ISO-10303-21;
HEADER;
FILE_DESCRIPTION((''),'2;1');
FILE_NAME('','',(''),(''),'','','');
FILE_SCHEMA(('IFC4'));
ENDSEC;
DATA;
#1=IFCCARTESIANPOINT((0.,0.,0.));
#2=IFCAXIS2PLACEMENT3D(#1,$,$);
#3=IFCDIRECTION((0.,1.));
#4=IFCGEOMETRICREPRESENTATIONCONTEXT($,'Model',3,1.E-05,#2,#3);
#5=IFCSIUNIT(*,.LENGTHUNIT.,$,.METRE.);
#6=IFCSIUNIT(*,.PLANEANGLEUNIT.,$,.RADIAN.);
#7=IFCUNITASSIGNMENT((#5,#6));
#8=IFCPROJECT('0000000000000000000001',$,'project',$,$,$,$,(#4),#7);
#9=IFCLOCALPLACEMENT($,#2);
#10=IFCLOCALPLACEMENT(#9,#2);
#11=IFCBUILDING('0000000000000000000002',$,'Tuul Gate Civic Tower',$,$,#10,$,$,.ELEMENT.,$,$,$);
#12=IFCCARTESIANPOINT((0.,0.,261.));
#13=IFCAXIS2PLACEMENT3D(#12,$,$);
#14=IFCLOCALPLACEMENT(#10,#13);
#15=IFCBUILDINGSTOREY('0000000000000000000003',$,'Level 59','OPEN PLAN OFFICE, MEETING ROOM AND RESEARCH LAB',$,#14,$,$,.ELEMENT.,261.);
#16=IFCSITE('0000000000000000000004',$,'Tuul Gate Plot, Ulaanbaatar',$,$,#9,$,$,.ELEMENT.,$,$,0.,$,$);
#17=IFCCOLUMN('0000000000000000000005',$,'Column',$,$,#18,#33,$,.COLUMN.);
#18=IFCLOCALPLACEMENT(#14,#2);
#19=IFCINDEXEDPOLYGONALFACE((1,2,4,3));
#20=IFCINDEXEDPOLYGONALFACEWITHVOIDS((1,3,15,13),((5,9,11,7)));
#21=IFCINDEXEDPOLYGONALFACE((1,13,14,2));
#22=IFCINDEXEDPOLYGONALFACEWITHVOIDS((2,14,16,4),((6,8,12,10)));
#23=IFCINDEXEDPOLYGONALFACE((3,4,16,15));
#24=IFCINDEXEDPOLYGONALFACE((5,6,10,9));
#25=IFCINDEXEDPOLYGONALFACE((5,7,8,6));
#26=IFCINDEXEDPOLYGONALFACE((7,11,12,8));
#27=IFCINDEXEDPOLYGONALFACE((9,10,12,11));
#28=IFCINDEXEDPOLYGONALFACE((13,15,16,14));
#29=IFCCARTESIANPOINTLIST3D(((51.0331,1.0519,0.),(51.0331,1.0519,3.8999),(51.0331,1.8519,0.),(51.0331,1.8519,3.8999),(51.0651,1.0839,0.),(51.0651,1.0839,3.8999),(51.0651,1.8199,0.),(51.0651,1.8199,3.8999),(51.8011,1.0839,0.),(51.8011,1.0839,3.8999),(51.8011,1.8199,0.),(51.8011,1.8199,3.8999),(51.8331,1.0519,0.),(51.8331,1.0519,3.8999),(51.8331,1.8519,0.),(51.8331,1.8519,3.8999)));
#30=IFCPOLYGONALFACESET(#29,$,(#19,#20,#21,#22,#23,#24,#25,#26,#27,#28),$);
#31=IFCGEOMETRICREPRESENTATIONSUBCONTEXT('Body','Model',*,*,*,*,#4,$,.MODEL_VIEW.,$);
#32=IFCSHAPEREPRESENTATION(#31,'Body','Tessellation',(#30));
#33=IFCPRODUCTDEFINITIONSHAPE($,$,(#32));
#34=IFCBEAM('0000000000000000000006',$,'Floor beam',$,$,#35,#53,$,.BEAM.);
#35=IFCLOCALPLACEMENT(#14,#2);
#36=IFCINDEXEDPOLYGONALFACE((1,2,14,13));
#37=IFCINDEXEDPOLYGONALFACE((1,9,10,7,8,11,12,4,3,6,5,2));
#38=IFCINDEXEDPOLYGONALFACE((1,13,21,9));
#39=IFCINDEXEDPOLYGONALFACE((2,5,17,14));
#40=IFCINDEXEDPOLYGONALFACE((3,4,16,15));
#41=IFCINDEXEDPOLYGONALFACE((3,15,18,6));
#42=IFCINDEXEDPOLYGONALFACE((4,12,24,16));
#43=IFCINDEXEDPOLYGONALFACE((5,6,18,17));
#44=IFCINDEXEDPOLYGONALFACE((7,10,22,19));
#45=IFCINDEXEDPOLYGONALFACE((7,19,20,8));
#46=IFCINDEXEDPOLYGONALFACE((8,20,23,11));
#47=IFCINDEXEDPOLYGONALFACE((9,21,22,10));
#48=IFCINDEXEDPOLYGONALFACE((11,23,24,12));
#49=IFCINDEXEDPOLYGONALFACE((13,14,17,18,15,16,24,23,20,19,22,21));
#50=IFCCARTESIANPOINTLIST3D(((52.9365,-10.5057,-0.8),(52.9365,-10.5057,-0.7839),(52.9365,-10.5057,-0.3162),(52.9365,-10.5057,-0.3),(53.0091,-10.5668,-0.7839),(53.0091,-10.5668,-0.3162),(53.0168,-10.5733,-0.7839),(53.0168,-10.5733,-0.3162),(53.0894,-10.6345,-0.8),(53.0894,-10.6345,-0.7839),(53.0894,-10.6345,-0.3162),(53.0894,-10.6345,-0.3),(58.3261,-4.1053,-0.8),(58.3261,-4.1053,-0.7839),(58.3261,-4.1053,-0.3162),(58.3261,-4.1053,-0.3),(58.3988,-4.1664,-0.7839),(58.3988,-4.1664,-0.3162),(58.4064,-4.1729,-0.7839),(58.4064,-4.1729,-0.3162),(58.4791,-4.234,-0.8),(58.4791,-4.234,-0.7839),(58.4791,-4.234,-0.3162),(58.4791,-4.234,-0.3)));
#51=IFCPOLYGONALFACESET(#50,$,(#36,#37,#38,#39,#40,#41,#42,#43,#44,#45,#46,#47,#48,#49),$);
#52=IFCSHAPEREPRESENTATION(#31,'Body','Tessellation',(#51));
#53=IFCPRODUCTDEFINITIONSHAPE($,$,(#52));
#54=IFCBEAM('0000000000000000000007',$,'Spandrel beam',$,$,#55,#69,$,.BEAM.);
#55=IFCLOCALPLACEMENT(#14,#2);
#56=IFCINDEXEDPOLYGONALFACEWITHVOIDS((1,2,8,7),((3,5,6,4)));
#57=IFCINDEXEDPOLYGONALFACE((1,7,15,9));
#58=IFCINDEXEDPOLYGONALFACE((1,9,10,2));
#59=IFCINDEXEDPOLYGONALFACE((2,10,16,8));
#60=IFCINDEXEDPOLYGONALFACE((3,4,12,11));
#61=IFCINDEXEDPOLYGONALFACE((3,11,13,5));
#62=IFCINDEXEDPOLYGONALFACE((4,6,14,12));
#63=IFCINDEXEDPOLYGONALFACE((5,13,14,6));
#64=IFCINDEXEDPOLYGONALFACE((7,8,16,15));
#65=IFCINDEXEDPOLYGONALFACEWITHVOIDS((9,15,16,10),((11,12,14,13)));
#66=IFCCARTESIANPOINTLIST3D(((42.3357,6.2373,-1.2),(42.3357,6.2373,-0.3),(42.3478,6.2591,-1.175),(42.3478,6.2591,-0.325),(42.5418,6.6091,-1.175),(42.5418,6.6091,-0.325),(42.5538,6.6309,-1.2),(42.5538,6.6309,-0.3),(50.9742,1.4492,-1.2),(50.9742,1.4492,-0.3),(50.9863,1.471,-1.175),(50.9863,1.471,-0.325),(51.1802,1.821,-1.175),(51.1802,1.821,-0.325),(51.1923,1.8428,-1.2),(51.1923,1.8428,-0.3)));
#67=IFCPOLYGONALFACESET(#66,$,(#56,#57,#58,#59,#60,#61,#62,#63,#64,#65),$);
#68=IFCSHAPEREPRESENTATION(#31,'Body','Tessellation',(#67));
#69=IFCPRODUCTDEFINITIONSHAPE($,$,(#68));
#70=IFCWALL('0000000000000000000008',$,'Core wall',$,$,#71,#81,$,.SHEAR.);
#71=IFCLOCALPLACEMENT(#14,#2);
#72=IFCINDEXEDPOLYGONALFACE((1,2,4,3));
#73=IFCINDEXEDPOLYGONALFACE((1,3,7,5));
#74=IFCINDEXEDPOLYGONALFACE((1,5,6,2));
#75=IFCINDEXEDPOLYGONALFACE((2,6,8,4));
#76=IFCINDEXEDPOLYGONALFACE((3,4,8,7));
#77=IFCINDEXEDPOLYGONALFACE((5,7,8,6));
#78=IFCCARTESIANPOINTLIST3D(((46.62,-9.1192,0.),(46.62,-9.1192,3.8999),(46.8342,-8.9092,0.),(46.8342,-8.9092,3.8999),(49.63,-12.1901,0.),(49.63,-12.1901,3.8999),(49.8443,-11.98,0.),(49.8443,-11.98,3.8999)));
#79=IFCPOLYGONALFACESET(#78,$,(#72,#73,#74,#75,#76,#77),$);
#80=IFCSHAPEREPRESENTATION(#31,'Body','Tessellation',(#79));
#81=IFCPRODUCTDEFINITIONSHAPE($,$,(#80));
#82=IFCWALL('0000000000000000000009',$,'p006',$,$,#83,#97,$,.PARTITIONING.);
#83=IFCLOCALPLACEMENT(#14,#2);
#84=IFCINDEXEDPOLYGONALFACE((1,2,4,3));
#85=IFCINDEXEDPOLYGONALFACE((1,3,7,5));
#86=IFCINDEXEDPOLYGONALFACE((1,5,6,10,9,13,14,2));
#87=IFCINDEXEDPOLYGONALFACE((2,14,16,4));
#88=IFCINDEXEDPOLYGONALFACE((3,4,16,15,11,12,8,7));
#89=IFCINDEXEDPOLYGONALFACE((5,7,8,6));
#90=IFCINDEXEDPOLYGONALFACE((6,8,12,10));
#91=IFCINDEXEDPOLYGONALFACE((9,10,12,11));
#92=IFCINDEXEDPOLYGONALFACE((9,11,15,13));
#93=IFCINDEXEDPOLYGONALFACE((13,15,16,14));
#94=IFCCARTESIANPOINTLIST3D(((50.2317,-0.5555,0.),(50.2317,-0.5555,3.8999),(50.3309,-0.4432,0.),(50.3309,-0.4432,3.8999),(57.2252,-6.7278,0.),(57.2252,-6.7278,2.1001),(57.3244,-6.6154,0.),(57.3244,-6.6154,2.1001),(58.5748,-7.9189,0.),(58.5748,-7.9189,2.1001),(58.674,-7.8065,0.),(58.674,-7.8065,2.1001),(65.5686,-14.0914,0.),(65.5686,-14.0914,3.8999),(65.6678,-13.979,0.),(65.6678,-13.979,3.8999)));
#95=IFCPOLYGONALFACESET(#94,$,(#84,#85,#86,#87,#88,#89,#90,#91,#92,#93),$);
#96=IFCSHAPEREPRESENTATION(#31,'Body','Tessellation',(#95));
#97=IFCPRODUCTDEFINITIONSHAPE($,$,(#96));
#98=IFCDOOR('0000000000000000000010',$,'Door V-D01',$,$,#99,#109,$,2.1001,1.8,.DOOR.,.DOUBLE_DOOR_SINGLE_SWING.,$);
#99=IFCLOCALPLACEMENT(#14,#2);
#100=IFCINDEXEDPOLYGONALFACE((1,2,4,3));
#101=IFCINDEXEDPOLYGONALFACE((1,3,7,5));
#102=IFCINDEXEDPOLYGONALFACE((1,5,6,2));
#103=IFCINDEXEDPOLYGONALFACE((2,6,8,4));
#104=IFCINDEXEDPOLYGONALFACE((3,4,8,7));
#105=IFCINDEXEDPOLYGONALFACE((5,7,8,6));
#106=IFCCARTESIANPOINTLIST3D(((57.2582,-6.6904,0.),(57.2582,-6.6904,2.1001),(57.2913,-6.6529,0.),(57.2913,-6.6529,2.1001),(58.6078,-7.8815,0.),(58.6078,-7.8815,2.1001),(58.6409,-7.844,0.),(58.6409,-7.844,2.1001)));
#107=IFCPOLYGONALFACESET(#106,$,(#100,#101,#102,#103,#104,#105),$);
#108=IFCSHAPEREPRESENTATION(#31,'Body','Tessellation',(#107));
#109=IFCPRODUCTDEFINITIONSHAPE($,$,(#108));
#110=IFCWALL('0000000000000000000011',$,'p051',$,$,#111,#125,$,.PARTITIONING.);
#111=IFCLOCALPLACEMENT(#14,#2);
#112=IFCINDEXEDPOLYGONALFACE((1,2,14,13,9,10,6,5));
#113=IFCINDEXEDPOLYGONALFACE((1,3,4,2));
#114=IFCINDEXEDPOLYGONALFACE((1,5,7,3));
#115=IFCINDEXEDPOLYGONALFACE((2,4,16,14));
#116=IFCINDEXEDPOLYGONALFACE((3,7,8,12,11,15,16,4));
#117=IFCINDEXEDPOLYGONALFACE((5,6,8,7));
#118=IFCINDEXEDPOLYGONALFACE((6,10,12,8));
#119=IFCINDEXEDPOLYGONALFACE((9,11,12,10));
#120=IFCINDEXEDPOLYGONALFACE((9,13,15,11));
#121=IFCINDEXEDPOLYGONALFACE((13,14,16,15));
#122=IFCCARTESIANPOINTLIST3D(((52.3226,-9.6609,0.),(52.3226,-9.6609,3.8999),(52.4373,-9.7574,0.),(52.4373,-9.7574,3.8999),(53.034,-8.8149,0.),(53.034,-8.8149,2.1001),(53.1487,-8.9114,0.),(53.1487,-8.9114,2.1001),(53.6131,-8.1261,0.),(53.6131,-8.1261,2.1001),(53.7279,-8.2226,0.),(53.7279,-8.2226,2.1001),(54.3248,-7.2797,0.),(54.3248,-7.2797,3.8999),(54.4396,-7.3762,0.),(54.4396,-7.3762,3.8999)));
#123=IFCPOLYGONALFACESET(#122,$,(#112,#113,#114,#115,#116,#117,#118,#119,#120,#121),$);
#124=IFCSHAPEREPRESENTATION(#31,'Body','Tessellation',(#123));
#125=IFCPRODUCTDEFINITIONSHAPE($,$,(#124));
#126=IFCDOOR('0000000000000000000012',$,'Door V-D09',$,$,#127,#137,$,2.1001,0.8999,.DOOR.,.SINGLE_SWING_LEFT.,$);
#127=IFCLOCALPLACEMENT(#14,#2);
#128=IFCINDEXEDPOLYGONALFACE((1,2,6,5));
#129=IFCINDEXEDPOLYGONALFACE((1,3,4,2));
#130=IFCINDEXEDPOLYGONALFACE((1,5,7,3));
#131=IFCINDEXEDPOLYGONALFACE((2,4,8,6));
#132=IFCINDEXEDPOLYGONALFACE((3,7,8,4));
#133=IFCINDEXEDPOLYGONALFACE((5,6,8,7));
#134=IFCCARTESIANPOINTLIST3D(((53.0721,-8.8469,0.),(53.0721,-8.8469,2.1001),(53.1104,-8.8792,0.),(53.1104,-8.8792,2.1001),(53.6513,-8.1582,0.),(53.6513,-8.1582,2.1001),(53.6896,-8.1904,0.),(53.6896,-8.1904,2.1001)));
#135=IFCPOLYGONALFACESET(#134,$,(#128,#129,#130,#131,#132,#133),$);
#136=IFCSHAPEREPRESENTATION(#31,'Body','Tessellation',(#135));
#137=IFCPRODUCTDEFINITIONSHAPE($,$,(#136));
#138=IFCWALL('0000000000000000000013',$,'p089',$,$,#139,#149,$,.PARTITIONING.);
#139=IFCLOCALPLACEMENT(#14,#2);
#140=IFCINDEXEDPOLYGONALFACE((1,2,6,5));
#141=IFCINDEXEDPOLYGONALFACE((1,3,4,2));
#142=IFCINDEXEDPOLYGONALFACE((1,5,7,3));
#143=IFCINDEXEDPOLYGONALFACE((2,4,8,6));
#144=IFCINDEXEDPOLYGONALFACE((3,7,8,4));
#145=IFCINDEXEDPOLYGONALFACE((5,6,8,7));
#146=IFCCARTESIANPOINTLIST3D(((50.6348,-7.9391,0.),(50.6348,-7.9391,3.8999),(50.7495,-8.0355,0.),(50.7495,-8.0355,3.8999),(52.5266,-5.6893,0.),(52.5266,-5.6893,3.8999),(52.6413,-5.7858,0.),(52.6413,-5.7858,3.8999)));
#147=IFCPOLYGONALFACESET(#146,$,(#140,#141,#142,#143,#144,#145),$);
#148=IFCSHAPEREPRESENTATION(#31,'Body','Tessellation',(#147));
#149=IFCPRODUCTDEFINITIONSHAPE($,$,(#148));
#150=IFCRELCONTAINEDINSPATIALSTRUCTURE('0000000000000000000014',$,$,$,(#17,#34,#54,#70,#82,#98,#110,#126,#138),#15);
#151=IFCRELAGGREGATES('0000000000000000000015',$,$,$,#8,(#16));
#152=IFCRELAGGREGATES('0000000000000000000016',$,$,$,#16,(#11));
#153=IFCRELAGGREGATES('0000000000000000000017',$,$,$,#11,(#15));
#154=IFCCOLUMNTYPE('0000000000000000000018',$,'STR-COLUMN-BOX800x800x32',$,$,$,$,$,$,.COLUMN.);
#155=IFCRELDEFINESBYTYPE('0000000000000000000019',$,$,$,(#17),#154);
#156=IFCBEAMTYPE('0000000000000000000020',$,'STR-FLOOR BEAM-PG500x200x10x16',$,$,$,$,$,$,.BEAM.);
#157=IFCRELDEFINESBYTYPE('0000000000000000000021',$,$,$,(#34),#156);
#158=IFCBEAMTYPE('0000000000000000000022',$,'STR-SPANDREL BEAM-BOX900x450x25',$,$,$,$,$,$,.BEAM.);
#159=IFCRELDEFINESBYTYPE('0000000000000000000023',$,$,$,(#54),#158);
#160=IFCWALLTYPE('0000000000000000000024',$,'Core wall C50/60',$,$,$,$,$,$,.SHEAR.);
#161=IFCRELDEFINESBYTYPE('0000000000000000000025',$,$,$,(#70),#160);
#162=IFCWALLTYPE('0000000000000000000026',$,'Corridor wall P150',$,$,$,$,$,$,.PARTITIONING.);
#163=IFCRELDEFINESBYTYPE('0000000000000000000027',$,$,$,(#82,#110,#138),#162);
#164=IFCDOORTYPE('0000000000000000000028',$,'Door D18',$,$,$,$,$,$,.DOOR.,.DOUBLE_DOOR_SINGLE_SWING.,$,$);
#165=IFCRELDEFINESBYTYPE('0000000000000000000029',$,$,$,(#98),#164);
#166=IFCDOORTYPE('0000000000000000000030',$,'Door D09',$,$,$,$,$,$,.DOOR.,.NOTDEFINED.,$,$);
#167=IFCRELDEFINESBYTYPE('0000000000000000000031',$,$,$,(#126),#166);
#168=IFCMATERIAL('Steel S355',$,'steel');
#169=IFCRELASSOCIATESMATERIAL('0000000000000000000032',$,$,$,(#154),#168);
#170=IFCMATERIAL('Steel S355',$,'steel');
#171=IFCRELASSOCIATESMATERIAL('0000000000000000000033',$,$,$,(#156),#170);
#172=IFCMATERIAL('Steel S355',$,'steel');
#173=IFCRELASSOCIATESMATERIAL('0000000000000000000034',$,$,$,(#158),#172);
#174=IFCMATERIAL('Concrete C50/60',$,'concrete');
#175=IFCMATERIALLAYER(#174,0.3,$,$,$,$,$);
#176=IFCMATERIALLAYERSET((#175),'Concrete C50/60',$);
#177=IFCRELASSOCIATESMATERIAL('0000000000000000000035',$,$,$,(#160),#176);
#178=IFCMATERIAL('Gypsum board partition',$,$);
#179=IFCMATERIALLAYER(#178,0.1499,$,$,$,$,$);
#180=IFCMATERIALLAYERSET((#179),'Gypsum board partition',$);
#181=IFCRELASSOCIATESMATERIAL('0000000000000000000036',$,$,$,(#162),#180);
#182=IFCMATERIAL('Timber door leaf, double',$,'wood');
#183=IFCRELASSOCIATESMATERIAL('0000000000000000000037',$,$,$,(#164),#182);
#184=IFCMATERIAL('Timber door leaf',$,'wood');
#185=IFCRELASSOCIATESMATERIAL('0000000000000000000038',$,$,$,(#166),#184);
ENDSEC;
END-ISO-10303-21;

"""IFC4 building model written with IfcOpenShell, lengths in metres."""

from ifc_helpers import new_model, si_unit, direction, frame, frame_2d, origin, origin_2d, place, context, subcontext, project, spatial, rectangle, hollow_rectangle, i_section, extrude, material, layer, layer_set, material_profile, profile_set, type_object, element, fill, save


model = new_model("IFC4")

# Units and contexts
model_context = context("Model", 3, precision=1e-05, world=origin(), true_north=direction((0.0, 1.0)))
body_context = subcontext(model_context, "Body", "Model", "MODEL_VIEW")
ifc_project = project(units=[si_unit("LENGTHUNIT", "METRE"), si_unit("PLANEANGLEUNIT", "RADIAN")], contexts=[model_context])

# Site, building, storey
site_placement = place(None, origin())
site = spatial("IfcSite", under=ifc_project, at=site_placement, Name="Tuul Gate Plot, Ulaanbaatar", CompositionType="ELEMENT", RefElevation=0.0)
building_placement = place(site_placement, origin())
building = spatial("IfcBuilding", under=site, at=building_placement, Name="Tuul Gate Civic Tower", CompositionType="ELEMENT")
storey_placement = place(building_placement, frame((0.0, 0.0, 261.0)))
storey = spatial("IfcBuildingStorey", under=building, at=storey_placement, Name="Level 59", Description="OPEN PLAN OFFICE, MEETING ROOM AND RESEARCH LAB", CompositionType="ELEMENT", Elevation=261.0)

# Column
ifc_material_1 = material(Name="Steel S355", Category="steel")
ifc_material_profile_1 = material_profile(ifc_material_1, hollow_rectangle(XDim=0.8, YDim=0.8, WallThickness=0.032, at=origin_2d()), Name="BOX800x800x32")
ifc_profile_set_1 = profile_set([ifc_material_profile_1], Name="Steel S355")
column_type = type_object("IfcColumnType", Name="STR-COLUMN-BOX800x800x32", PredefinedType="COLUMN", material=ifc_profile_set_1)
column_placement = place(storey_placement, frame((51.4331, 1.4519, 0.0), z_axis=(0.0, 0.0, 1.0), x_axis=(1.0, 0.0, 0.0)))
element("IfcColumn", 1, at=column_placement, inside=storey, type_object=column_type, Name="Column", PredefinedType="COLUMN", context=body_context, shape_type="SweptSolid", body=[
    extrude(hollow_rectangle(XDim=0.8, YDim=0.8, WallThickness=0.032, at=origin_2d()), origin(), (0.0, 0.0, 1.0), 3.8999),
])

# Beams
ifc_material_2 = material(Name="Steel S355", Category="steel")
ifc_material_profile_2 = material_profile(ifc_material_2, i_section(OverallWidth=0.2, OverallDepth=0.5, WebThickness=0.01, FlangeThickness=0.0161, at=origin_2d()), Name="PG500x200x10x16")
ifc_profile_set_2 = profile_set([ifc_material_profile_2], Name="Steel S355")
beam_type_1 = type_object("IfcBeamType", Name="STR-FLOOR BEAM-PG500x200x10x16", PredefinedType="BEAM", material=ifc_profile_set_2)
beam_1_placement = place(storey_placement, frame((53.0129, -10.5701, -0.55), z_axis=(0.644125, 0.76492, 0.0), x_axis=(-0.76492, 0.644125, 0.0)))
element("IfcBeam", 2, at=beam_1_placement, inside=storey, type_object=beam_type_1, Name="Floor beam", PredefinedType="BEAM", context=body_context, shape_type="SweptSolid", body=[
    extrude(i_section(OverallWidth=0.2, OverallDepth=0.5, WebThickness=0.01, FlangeThickness=0.0161, at=origin_2d()), origin(), (0.0, 0.0, 1.0), 8.3674),
])
ifc_material_3 = material(Name="Steel S355", Category="steel")
ifc_material_profile_3 = material_profile(ifc_material_3, hollow_rectangle(XDim=0.45, YDim=0.8999, WallThickness=0.0249, at=origin_2d()), Name="BOX900x450x25")
ifc_profile_set_3 = profile_set([ifc_material_profile_3], Name="Steel S355")
beam_type_2 = type_object("IfcBeamType", Name="STR-SPANDREL BEAM-BOX900x450x25", PredefinedType="BEAM", material=ifc_profile_set_3)
beam_2_placement = place(storey_placement, frame((51.0833, 1.646, -0.75), z_axis=(-0.874631, 0.484788, 0.0), x_axis=(-0.484788, -0.874631, 0.0)))
element("IfcBeam", 3, at=beam_2_placement, inside=storey, type_object=beam_type_2, Name="Spandrel beam", PredefinedType="BEAM", context=body_context, shape_type="SweptSolid", body=[
    extrude(hollow_rectangle(XDim=0.45, YDim=0.8999, WallThickness=0.0249, at=origin_2d()), origin(), (0.0, 0.0, 1.0), 9.8767),
])

# Wall
ifc_material_4 = material(Name="Concrete C50/60", Category="concrete")
ifc_layer_1 = layer(ifc_material_4, 0.3)
ifc_layer_set_1 = layer_set([ifc_layer_1], Name="Concrete C50/60")
wall_type_1 = type_object("IfcWallType", Name="Core wall C50/60", PredefinedType="SHEAR", material=ifc_layer_set_1)
wall_1_placement = place(storey_placement, frame((49.7371, -12.085, 0.0), z_axis=(0.0, 0.0, 1.0), x_axis=(-0.700003, 0.71414, 0.0)))
element("IfcWall", 4, at=wall_1_placement, inside=storey, type_object=wall_type_1, Name="Core wall", PredefinedType="SHEAR", context=body_context, shape_type="SweptSolid", body=[
    extrude(rectangle(XDim=4.3, YDim=0.3, at=frame_2d((2.1499, 0.0))), origin(), (0.0, 0.0, 1.0), 3.8999),
])

# Walls, openings, doors
ifc_material_5 = material(Name="Gypsum board partition")
ifc_layer_2 = layer(ifc_material_5, 0.1499)
ifc_layer_set_2 = layer_set([ifc_layer_2], Name="Gypsum board partition")
wall_type_2 = type_object("IfcWallType", Name="Corridor wall P150", PredefinedType="PARTITIONING", material=ifc_layer_set_2)
wall_2_placement = place(storey_placement, frame((50.2812, -0.4993, 0.0), z_axis=(0.0, 0.0, 1.0), x_axis=(0.749757, -0.661713, 0.0)))
wall_2 = element("IfcWall", 5, at=wall_2_placement, inside=storey, type_object=wall_type_2, Name="p006", PredefinedType="PARTITIONING", context=body_context, shape_type="SweptSolid", body=[
    extrude(rectangle(XDim=20.4558, YDim=0.1499, at=frame_2d((10.228, 0.0))), origin(), (0.0, 0.0, 1.0), 3.8999),
])
opening_1_placement = place(wall_2_placement, frame((9.3279, 0.0, 0.0)))
opening_1 = element("IfcOpeningElement", 6, at=opening_1_placement, cuts=wall_2, PredefinedType="OPENING", context=body_context, shape_type="SweptSolid", body=[
    extrude(rectangle(XDim=1.8, YDim=2.1001, at=frame_2d((0.8999, 1.05))), frame((0.0, 0.085, 0.0), z_axis=(0.0, -1.0, 0.0), x_axis=(1.0, 0.0, 0.0)), (0.0, 0.0, 1.0), 0.1699),
])
ifc_material_6 = material(Name="Timber door leaf, double", Category="wood")
door_type_1 = type_object("IfcDoorType", Name="Door D18", OperationType="DOUBLE_DOOR_SINGLE_SWING", PredefinedType="DOOR", material=ifc_material_6)
door_1_placement = place(opening_1_placement, origin())
door_1 = element("IfcDoor", 7, at=door_1_placement, inside=storey, type_object=door_type_1, Name="Door V-D01", OperationType="DOUBLE_DOOR_SINGLE_SWING", OverallHeight=2.1001, OverallWidth=1.8, PredefinedType="DOOR", context=body_context, shape_type="SweptSolid", body=[
    extrude(rectangle(XDim=1.8, YDim=2.1001, at=frame_2d((0.8999, 1.05))), frame((0.0, 0.0249, 0.0), z_axis=(0.0, -1.0, 0.0), x_axis=(1.0, 0.0, 0.0)), (0.0, 0.0, 1.0), 0.05),
])
fill(opening_1, door_1)
wall_3_placement = place(storey_placement, frame((52.3799, -9.7092, 0.0), z_axis=(0.0, 0.0, 1.0), x_axis=(0.643582, 0.765377, 0.0)))
wall_3 = element("IfcWall", 8, at=wall_3_placement, inside=storey, type_object=wall_type_2, Name="p051", PredefinedType="PARTITIONING", context=body_context, shape_type="SweptSolid", body=[
    extrude(rectangle(XDim=3.1111, YDim=0.1499, at=frame_2d((1.5557, 0.0))), origin(), (0.0, 0.0, 1.0), 3.8999),
])
opening_2_placement = place(wall_3_placement, frame((1.1055, 0.0, 0.0)))
opening_2 = element("IfcOpeningElement", 9, at=opening_2_placement, cuts=wall_3, PredefinedType="OPENING", context=body_context, shape_type="SweptSolid", body=[
    extrude(rectangle(XDim=0.8999, YDim=2.1001, at=frame_2d((0.45, 1.05))), frame((0.0, 0.085, 0.0), z_axis=(0.0, -1.0, 0.0), x_axis=(1.0, 0.0, 0.0)), (0.0, 0.0, 1.0), 0.1699),
])
ifc_material_7 = material(Name="Timber door leaf", Category="wood")
door_type_2 = type_object("IfcDoorType", Name="Door D09", OperationType="NOTDEFINED", PredefinedType="DOOR", material=ifc_material_7)
door_2_placement = place(opening_2_placement, frame((0.8999, 0.0, 0.0), z_axis=(0.0, 0.0, 1.0), x_axis=(-1.0, 0.0, 0.0)))
door_2 = element("IfcDoor", 10, at=door_2_placement, inside=storey, type_object=door_type_2, Name="Door V-D09", OperationType="SINGLE_SWING_LEFT", OverallHeight=2.1001, OverallWidth=0.8999, PredefinedType="DOOR", context=body_context, shape_type="SweptSolid", body=[
    extrude(rectangle(XDim=0.8999, YDim=2.1001, at=frame_2d((0.45, 1.05))), frame((0.0, 0.0249, 0.0), z_axis=(0.0, -1.0, 0.0), x_axis=(1.0, 0.0, 0.0)), (0.0, 0.0, 1.0), 0.05),
])
fill(opening_2, door_2)

# Wall
wall_4_placement = place(storey_placement, frame((50.6921, -7.9873, 0.0), z_axis=(0.0, 0.0, 1.0), x_axis=(0.643601, 0.765361, 0.0)))
element("IfcWall", 11, at=wall_4_placement, inside=storey, type_object=wall_type_2, Name="p089", PredefinedType="PARTITIONING", context=body_context, shape_type="SweptSolid", body=[
    extrude(rectangle(XDim=2.9395, YDim=0.1499, at=frame_2d((1.4697, 0.0))), origin(), (0.0, 0.0, 1.0), 3.8999),
])

save(model, "model.ifc")
